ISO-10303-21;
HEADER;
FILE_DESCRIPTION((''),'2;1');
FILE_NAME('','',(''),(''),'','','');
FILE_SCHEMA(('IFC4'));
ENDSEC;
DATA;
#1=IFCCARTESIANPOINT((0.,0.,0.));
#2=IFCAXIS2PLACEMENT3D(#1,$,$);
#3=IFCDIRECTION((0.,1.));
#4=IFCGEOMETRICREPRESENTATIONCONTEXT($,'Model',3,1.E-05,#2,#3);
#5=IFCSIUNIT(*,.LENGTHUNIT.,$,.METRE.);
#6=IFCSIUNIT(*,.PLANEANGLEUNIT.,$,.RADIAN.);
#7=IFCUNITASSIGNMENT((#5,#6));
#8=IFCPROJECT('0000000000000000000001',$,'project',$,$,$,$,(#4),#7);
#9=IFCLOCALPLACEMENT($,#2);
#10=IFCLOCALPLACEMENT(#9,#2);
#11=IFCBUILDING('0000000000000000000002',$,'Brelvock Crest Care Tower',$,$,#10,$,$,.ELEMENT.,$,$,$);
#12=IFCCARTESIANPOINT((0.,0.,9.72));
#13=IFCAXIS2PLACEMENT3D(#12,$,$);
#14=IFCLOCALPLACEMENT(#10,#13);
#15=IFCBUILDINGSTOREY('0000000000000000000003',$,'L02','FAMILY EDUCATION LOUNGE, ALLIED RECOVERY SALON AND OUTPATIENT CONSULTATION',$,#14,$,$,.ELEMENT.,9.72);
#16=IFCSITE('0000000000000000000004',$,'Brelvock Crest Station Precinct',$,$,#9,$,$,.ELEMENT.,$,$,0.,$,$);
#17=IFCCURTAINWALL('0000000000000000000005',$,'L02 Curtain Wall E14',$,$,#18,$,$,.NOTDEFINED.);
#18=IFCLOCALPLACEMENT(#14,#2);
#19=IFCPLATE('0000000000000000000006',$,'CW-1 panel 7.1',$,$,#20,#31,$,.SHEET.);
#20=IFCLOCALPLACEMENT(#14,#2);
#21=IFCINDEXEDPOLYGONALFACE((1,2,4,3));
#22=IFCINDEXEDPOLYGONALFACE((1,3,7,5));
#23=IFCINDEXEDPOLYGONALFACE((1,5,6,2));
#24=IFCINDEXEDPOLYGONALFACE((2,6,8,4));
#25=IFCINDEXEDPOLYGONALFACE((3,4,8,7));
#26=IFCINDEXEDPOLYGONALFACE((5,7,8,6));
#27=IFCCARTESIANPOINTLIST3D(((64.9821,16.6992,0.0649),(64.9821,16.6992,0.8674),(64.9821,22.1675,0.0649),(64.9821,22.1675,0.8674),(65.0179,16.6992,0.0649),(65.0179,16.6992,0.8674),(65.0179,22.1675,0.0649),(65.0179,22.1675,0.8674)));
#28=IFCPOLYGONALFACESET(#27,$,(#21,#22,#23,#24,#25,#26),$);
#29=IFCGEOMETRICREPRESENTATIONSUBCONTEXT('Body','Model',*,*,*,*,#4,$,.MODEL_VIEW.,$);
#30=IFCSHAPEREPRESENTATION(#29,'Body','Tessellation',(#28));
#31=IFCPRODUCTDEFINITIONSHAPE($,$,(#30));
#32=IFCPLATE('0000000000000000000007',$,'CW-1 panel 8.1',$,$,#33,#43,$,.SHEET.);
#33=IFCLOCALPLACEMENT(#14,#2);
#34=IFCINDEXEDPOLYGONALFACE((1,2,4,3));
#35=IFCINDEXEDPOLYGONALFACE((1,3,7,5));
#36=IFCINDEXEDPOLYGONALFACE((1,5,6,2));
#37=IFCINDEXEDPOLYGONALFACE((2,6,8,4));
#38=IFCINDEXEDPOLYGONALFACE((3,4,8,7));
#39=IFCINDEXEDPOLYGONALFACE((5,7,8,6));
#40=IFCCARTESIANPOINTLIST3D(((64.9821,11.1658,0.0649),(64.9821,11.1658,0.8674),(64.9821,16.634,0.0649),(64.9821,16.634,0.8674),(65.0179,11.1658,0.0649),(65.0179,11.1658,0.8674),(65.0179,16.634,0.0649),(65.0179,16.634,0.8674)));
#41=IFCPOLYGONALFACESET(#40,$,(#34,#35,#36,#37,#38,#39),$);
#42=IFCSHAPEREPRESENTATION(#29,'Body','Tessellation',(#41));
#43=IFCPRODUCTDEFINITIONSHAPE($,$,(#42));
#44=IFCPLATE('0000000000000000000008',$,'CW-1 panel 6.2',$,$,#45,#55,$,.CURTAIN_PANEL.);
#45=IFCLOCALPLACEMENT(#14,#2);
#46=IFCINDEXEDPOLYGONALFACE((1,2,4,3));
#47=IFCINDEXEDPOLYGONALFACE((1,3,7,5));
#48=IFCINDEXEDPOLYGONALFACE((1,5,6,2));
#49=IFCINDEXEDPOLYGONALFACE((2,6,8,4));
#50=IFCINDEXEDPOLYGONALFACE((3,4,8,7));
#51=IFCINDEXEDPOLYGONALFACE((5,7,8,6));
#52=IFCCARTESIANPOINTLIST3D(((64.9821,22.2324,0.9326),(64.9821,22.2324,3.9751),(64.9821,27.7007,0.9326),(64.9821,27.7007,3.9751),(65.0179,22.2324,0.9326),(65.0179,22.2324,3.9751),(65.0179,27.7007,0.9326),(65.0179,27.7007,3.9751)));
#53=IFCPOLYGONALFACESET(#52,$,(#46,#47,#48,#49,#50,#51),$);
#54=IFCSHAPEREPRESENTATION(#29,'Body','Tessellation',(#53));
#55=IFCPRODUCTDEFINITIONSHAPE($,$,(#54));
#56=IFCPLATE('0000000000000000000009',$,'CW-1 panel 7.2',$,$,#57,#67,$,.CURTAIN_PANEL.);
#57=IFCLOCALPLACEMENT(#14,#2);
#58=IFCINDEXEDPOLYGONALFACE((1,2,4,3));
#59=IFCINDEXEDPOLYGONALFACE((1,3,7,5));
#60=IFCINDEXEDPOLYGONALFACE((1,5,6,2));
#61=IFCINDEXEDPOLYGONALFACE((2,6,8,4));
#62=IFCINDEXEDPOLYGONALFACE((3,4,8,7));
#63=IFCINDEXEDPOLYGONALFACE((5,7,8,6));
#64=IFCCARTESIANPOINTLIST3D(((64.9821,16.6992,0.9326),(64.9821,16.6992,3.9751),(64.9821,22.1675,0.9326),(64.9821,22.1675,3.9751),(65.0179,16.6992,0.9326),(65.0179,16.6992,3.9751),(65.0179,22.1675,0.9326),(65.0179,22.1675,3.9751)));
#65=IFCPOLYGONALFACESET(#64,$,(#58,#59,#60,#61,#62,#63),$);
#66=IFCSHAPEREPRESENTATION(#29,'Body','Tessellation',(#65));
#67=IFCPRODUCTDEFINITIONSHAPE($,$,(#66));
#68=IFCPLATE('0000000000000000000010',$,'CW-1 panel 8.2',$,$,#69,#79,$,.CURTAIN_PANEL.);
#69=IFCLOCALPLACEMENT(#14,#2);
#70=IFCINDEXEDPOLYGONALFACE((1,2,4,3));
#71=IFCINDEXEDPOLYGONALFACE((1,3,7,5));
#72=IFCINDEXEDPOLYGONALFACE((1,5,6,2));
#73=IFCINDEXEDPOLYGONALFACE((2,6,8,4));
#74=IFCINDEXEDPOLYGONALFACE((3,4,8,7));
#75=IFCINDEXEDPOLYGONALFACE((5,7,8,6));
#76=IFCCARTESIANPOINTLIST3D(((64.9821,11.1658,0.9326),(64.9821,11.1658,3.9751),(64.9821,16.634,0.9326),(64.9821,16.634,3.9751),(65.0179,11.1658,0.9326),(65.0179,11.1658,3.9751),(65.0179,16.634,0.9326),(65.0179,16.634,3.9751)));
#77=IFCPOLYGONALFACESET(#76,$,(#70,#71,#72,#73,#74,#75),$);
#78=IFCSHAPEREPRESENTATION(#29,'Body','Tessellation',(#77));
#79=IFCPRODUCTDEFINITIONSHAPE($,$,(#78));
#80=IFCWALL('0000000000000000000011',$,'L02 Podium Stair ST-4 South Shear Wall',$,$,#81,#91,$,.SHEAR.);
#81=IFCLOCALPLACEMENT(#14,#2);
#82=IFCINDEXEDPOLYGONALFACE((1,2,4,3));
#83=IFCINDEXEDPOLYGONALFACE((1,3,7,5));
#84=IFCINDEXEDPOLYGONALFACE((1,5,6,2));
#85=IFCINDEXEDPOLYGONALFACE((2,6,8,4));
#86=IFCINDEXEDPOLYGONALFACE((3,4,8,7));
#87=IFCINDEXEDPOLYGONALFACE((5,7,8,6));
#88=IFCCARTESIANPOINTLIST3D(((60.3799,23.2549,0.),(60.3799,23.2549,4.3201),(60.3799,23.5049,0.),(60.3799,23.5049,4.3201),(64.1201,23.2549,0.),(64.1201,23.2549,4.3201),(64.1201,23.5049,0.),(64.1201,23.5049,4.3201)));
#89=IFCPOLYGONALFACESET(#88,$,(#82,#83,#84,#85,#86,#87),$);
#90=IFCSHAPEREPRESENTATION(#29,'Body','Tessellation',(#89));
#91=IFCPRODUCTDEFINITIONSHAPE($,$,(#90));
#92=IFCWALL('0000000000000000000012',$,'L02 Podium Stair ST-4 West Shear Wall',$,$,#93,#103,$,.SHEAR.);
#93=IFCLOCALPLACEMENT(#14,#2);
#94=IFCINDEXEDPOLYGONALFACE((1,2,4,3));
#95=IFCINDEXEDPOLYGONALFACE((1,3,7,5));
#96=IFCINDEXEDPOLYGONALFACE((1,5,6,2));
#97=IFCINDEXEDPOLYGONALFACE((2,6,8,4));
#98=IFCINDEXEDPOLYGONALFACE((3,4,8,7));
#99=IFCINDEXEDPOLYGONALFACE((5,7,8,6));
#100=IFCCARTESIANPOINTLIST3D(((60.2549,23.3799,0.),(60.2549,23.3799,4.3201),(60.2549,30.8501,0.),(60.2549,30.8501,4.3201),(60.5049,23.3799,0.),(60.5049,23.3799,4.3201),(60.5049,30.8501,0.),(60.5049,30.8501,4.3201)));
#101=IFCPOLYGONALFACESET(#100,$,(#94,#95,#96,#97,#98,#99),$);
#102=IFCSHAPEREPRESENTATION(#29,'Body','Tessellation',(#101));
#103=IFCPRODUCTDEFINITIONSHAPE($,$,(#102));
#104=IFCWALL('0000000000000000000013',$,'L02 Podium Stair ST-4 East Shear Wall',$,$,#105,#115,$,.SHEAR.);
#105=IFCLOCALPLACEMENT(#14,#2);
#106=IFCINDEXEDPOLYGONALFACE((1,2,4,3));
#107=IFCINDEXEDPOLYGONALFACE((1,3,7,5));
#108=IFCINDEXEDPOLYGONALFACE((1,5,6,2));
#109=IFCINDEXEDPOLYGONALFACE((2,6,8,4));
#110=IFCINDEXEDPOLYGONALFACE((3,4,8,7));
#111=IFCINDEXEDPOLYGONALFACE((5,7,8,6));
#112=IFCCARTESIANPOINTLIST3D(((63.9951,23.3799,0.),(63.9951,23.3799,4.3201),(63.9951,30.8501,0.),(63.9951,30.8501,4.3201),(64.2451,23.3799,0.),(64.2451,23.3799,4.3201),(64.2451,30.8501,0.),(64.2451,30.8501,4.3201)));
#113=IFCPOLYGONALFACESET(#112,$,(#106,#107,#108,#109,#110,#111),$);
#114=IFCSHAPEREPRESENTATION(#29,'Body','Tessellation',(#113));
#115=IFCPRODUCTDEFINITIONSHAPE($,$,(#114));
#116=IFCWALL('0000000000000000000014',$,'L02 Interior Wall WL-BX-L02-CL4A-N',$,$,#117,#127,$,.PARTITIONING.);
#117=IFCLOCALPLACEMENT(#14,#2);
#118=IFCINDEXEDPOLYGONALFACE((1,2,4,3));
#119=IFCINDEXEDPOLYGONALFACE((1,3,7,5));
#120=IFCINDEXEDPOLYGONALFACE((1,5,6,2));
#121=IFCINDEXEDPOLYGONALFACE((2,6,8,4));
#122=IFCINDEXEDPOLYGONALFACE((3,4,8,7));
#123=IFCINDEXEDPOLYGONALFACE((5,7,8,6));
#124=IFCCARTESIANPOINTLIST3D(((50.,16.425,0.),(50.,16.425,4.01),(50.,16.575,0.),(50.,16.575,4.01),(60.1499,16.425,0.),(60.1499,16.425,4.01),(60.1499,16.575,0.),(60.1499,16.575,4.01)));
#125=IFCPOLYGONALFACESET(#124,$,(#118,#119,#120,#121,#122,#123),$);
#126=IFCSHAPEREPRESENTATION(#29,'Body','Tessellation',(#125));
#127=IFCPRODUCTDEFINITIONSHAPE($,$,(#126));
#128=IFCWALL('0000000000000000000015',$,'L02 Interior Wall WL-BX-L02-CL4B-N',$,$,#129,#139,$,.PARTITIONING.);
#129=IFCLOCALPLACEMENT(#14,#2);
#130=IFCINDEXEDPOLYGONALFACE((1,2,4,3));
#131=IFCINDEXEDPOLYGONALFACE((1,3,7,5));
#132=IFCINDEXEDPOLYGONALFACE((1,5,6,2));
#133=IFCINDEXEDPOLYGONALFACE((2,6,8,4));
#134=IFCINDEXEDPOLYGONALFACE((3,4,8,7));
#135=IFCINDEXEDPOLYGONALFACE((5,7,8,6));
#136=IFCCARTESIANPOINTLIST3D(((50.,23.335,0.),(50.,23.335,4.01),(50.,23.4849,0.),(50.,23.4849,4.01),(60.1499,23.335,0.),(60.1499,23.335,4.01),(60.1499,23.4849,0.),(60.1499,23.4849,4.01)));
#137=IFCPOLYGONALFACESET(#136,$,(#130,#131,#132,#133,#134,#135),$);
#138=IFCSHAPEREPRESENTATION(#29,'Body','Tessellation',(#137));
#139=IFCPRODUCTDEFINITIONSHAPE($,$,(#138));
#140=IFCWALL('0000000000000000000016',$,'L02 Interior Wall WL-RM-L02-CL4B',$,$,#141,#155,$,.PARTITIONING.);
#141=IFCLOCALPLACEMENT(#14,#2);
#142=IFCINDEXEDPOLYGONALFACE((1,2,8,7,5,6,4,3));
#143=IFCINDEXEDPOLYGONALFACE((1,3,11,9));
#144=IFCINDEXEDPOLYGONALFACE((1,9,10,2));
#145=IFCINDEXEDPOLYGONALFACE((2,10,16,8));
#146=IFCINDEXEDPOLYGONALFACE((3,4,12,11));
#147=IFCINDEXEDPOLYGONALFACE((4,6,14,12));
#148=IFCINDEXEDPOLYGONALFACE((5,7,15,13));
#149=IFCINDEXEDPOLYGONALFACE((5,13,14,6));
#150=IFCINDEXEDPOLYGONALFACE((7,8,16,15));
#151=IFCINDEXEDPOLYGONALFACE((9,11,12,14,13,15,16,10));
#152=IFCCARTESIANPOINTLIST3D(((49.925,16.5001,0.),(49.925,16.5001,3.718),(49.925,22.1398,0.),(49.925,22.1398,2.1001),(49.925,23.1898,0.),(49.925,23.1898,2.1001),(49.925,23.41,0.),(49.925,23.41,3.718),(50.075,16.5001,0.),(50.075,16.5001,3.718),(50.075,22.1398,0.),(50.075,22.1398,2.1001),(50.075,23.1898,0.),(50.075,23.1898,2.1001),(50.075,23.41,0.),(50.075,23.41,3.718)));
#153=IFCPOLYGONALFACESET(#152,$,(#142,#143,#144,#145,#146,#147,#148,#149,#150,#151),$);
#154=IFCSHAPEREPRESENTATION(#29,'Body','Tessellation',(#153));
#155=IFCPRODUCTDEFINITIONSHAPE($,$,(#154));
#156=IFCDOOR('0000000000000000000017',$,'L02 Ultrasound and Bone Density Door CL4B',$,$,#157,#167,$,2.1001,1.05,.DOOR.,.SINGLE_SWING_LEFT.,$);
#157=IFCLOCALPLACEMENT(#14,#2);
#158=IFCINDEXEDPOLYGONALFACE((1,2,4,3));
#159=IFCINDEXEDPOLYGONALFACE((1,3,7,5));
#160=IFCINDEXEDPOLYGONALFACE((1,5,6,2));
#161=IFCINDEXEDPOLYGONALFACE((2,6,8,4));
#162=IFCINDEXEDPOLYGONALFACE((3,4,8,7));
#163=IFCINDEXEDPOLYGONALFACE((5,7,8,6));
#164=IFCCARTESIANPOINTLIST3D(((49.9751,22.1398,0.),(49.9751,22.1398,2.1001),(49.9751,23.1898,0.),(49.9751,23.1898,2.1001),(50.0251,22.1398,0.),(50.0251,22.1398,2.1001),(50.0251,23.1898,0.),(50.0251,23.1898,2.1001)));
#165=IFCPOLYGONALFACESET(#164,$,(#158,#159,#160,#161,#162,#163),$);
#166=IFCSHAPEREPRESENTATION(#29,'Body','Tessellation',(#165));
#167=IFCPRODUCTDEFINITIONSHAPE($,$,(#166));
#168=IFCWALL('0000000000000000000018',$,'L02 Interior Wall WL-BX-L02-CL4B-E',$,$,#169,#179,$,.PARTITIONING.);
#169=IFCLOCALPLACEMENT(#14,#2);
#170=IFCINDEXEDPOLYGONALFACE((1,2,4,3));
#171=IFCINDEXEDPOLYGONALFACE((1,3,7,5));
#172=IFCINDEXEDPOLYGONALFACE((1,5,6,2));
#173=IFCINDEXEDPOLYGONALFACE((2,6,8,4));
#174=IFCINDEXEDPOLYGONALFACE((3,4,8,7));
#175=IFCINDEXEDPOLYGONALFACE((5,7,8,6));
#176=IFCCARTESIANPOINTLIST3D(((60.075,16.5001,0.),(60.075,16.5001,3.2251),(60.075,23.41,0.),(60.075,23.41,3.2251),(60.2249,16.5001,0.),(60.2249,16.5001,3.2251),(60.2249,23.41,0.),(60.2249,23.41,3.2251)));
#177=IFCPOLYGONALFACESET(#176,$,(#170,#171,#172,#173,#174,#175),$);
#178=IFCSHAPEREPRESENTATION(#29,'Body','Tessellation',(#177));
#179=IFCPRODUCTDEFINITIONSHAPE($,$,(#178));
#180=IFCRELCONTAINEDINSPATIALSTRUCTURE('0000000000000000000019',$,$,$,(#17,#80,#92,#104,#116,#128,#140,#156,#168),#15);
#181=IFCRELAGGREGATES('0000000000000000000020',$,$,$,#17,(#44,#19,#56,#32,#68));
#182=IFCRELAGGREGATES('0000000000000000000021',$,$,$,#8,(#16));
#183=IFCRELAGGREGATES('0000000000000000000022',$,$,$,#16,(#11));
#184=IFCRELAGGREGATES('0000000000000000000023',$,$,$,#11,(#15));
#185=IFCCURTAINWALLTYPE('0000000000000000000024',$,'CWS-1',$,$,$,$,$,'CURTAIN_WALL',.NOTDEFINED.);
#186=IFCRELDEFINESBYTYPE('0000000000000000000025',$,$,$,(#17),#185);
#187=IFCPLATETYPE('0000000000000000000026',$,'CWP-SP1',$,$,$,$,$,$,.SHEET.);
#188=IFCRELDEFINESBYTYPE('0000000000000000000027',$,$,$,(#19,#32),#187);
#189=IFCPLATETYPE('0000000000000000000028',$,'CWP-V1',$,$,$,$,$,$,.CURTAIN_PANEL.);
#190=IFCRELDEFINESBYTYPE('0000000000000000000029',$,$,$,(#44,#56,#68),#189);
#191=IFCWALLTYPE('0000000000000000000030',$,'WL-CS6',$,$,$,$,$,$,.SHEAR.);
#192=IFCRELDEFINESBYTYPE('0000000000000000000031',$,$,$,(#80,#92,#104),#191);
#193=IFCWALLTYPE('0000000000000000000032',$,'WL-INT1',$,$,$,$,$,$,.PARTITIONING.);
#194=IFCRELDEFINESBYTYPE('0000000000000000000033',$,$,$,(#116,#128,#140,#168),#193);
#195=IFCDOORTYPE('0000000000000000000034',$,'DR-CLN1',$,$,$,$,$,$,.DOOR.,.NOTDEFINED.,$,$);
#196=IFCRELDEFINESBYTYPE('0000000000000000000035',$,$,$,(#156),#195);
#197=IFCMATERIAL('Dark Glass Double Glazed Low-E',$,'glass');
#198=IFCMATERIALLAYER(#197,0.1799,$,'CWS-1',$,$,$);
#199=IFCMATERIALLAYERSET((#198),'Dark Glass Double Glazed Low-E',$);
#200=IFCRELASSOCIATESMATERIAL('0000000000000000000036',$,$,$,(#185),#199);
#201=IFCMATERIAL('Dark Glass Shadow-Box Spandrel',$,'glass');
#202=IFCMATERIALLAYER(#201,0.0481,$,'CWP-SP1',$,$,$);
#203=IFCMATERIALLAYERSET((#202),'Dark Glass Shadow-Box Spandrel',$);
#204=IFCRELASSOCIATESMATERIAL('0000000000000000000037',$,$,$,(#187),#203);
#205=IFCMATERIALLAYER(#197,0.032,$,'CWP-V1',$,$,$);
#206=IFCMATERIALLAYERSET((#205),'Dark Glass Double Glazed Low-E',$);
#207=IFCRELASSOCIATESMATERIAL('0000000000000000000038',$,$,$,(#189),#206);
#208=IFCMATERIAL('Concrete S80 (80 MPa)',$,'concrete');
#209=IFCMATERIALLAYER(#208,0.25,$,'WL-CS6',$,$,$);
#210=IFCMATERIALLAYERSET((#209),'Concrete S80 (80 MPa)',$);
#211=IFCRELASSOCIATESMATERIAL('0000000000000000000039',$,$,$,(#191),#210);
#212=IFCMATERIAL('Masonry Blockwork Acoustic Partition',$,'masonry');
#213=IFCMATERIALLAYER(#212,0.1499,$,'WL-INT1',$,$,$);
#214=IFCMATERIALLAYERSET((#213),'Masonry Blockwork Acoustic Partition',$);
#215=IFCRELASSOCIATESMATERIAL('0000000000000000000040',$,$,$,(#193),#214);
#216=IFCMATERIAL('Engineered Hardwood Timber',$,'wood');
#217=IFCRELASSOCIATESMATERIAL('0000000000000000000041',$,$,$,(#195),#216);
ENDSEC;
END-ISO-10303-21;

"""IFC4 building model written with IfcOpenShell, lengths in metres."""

from ifc_helpers import new_model, si_unit, direction, frame, frame_2d, origin, origin_2d, place, context, subcontext, project, spatial, rectangle, extrude, source, transform, mapped, material, layer, layer_set, type_object, element, fill, aggregate, save


model = new_model("IFC4")

# Units and contexts
model_context = context("Model", 3, precision=1e-05, world=origin(), true_north=direction((0.0, 1.0)))
body_context = subcontext(model_context, "Body", "Model", "MODEL_VIEW")
ifc_project = project(units=[si_unit("LENGTHUNIT", "METRE"), si_unit("PLANEANGLEUNIT", "RADIAN")], contexts=[model_context])

# Site, building, storey
site_placement = place(None, origin())
site = spatial("IfcSite", under=ifc_project, at=site_placement, Name="Brelvock Crest Station Precinct", CompositionType="ELEMENT", RefElevation=0.0)
building_placement = place(site_placement, origin())
building = spatial("IfcBuilding", under=site, at=building_placement, Name="Brelvock Crest Care Tower", CompositionType="ELEMENT")
storey_placement = place(building_placement, frame((0.0, 0.0, 9.72)))
storey = spatial("IfcBuildingStorey", under=building, at=storey_placement, Name="L02", Description="FAMILY EDUCATION LOUNGE, ALLIED RECOVERY SALON AND OUTPATIENT CONSULTATION", CompositionType="ELEMENT", Elevation=9.72)

# Curtain wall, plates
ifc_material_1 = material(Name="Dark Glass Double Glazed Low-E", Category="glass")
ifc_layer_1 = layer(ifc_material_1, 0.1799, Name="CWS-1")
ifc_layer_set_1 = layer_set([ifc_layer_1], Name="Dark Glass Double Glazed Low-E")
curtain_wall_type = type_object("IfcCurtainWallType", Name="CWS-1", ElementType="CURTAIN_WALL", PredefinedType="NOTDEFINED", material=ifc_layer_set_1)
curtain_wall_placement = place(storey_placement, origin())
curtain_wall = element("IfcCurtainWall", 1, at=curtain_wall_placement, inside=storey, type_object=curtain_wall_type, Name="L02 Curtain Wall E14", PredefinedType="NOTDEFINED")
ifc_material_2 = material(Name="Dark Glass Shadow-Box Spandrel", Category="glass")
ifc_layer_2 = layer(ifc_material_2, 0.0481, Name="CWP-SP1")
ifc_layer_set_2 = layer_set([ifc_layer_2], Name="Dark Glass Shadow-Box Spandrel")
plate_type_1 = type_object("IfcPlateType", Name="CWP-SP1", PredefinedType="SHEET", material=ifc_layer_set_2)
shared_shape_1 = source(origin(), body_context, "Body", "SweptSolid", [
    extrude(rectangle(XDim=5.4683, YDim=0.0359, at=origin_2d()), origin(), (0.0, 0.0, 1.0), 0.8025),
])
plate_1_placement = place(storey_placement, frame((65.0, 19.4333, 0.0649), z_axis=(0.0, 0.0, 1.0), x_axis=(0.0, -1.0, 0.0)))
plate_1 = element("IfcPlate", 2, at=plate_1_placement, type_object=plate_type_1, Name="CW-1 panel 7.1", PredefinedType="SHEET", context=body_context, shape_type="MappedRepresentation", body=[
    mapped(shared_shape_1, transform((0.0, 0.0, 0.0), x_axis=(1.0, 0.0, 0.0), y_axis=(0.0, 1.0, 0.0), z_axis=(0.0, 0.0, 1.0), scale=1.0)),
])
plate_2_placement = place(storey_placement, frame((65.0, 13.8999, 0.0649), z_axis=(0.0, 0.0, 1.0), x_axis=(0.0, -1.0, 0.0)))
plate_2 = element("IfcPlate", 3, at=plate_2_placement, type_object=plate_type_1, Name="CW-1 panel 8.1", PredefinedType="SHEET", context=body_context, shape_type="MappedRepresentation", body=[
    mapped(shared_shape_1, transform((0.0, 0.0, 0.0), x_axis=(1.0, 0.0, 0.0), y_axis=(0.0, 1.0, 0.0), z_axis=(0.0, 0.0, 1.0), scale=1.0)),
])
ifc_layer_3 = layer(ifc_material_1, 0.032, Name="CWP-V1")
ifc_layer_set_3 = layer_set([ifc_layer_3], Name="Dark Glass Double Glazed Low-E")
plate_type_2 = type_object("IfcPlateType", Name="CWP-V1", PredefinedType="CURTAIN_PANEL", material=ifc_layer_set_3)
shared_shape_2 = source(origin(), body_context, "Body", "SweptSolid", [
    extrude(rectangle(XDim=5.4683, YDim=0.0359, at=origin_2d()), origin(), (0.0, 0.0, 1.0), 3.0425),
])
plate_3_placement = place(storey_placement, frame((65.0, 24.9666, 0.9326), z_axis=(0.0, 0.0, 1.0), x_axis=(0.0, -1.0, 0.0)))
plate_3 = element("IfcPlate", 4, at=plate_3_placement, type_object=plate_type_2, Name="CW-1 panel 6.2", PredefinedType="CURTAIN_PANEL", context=body_context, shape_type="MappedRepresentation", body=[
    mapped(shared_shape_2, transform((0.0, 0.0, 0.0), x_axis=(1.0, 0.0, 0.0), y_axis=(0.0, 1.0, 0.0), z_axis=(0.0, 0.0, 1.0), scale=1.0)),
])
plate_4_placement = place(storey_placement, frame((65.0, 19.4333, 0.9326), z_axis=(0.0, 0.0, 1.0), x_axis=(0.0, -1.0, 0.0)))
plate_4 = element("IfcPlate", 5, at=plate_4_placement, type_object=plate_type_2, Name="CW-1 panel 7.2", PredefinedType="CURTAIN_PANEL", context=body_context, shape_type="MappedRepresentation", body=[
    mapped(shared_shape_2, transform((0.0, 0.0, 0.0), x_axis=(1.0, 0.0, 0.0), y_axis=(0.0, 1.0, 0.0), z_axis=(0.0, 0.0, 1.0), scale=1.0)),
])
plate_5_placement = place(storey_placement, frame((65.0, 13.8999, 0.9326), z_axis=(0.0, 0.0, 1.0), x_axis=(0.0, -1.0, 0.0)))
plate_5 = element("IfcPlate", 6, at=plate_5_placement, type_object=plate_type_2, Name="CW-1 panel 8.2", PredefinedType="CURTAIN_PANEL", context=body_context, shape_type="MappedRepresentation", body=[
    mapped(shared_shape_2, transform((0.0, 0.0, 0.0), x_axis=(1.0, 0.0, 0.0), y_axis=(0.0, 1.0, 0.0), z_axis=(0.0, 0.0, 1.0), scale=1.0)),
])
aggregate(curtain_wall, [plate_3, plate_1, plate_4, plate_2, plate_5])

# Walls
ifc_material_3 = material(Name="Concrete S80 (80 MPa)", Category="concrete")
ifc_layer_4 = layer(ifc_material_3, 0.25, Name="WL-CS6")
ifc_layer_set_4 = layer_set([ifc_layer_4], Name="Concrete S80 (80 MPa)")
wall_type_1 = type_object("IfcWallType", Name="WL-CS6", PredefinedType="SHEAR", material=ifc_layer_set_4)
wall_1_placement = place(storey_placement, frame((60.3799, 23.3799, 0.0), z_axis=(0.0, 0.0, 1.0), x_axis=(1.0, 0.0, 0.0)))
element("IfcWall", 7, at=wall_1_placement, inside=storey, type_object=wall_type_1, Name="L02 Podium Stair ST-4 South Shear Wall", PredefinedType="SHEAR", context=body_context, shape_type="SweptSolid", body=[
    extrude(rectangle(XDim=3.7402, YDim=0.25, at=frame_2d((1.8701, 0.0))), origin(), (0.0, 0.0, 1.0), 4.3201),
])
for number, where, z_axis, x_axis, name in (
    (8, (60.3799, 23.3799, 0.0), (0.0, 0.0, 1.0), (0.0, 1.0, 0.0), "L02 Podium Stair ST-4 West Shear Wall"),
    (9, (64.1201, 23.3799, 0.0), (0.0, 0.0, 1.0), (0.0, 1.0, 0.0), "L02 Podium Stair ST-4 East Shear Wall"),
):
    element("IfcWall", number, at=place(storey_placement, frame(where, z_axis=z_axis, x_axis=x_axis)), inside=storey, type_object=wall_type_1, Name=name, PredefinedType="SHEAR", context=body_context, shape_type="SweptSolid", body=[
        extrude(rectangle(XDim=7.4702, YDim=0.25, at=frame_2d((3.7351, 0.0))), origin(), (0.0, 0.0, 1.0), 4.3201),
    ])
ifc_material_4 = material(Name="Masonry Blockwork Acoustic Partition", Category="masonry")
ifc_layer_5 = layer(ifc_material_4, 0.1499, Name="WL-INT1")
ifc_layer_set_5 = layer_set([ifc_layer_5], Name="Masonry Blockwork Acoustic Partition")
wall_type_2 = type_object("IfcWallType", Name="WL-INT1", PredefinedType="PARTITIONING", material=ifc_layer_set_5)
for number, where, z_axis, x_axis, name in (
    (10, (50.0, 16.5, 0.0), (0.0, 0.0, 1.0), (1.0, 0.0, 0.0), "L02 Interior Wall WL-BX-L02-CL4A-N"),
    (11, (50.0, 23.4099, 0.0), (0.0, 0.0, 1.0), (1.0, 0.0, 0.0), "L02 Interior Wall WL-BX-L02-CL4B-N"),
):
    element("IfcWall", number, at=place(storey_placement, frame(where, z_axis=z_axis, x_axis=x_axis)), inside=storey, type_object=wall_type_2, Name=name, PredefinedType="PARTITIONING", context=body_context, shape_type="SweptSolid", body=[
        extrude(rectangle(XDim=10.1499, YDim=0.1499, at=frame_2d((5.075, 0.0))), origin(), (0.0, 0.0, 1.0), 4.01),
    ])

# Wall, opening, door
wall_2_placement = place(storey_placement, frame((50.0, 16.5, 0.0), z_axis=(0.0, 0.0, 1.0), x_axis=(0.0, 1.0, 0.0)))
wall_2 = element("IfcWall", 12, at=wall_2_placement, inside=storey, type_object=wall_type_2, Name="L02 Interior Wall WL-RM-L02-CL4B", PredefinedType="PARTITIONING", context=body_context, shape_type="SweptSolid", body=[
    extrude(rectangle(XDim=6.9099, YDim=0.1499, at=frame_2d((3.4551, 0.0))), origin(), (0.0, 0.0, 1.0), 3.718),
])
opening_placement = place(wall_2_placement, frame((5.6399, 0.0, 0.0)))
opening = element("IfcOpeningElement", 13, at=opening_placement, cuts=wall_2, PredefinedType="OPENING", context=body_context, shape_type="SweptSolid", body=[
    extrude(rectangle(XDim=1.05, YDim=2.1001, at=origin_2d()), frame((0.5249, 0.085, 1.05), z_axis=(0.0, -1.0, 0.0), x_axis=(1.0, 0.0, 0.0)), (0.0, 0.0, 1.0), 0.1699),
])
ifc_material_5 = material(Name="Engineered Hardwood Timber", Category="wood")
door_type = type_object("IfcDoorType", Name="DR-CLN1", OperationType="NOTDEFINED", PredefinedType="DOOR", material=ifc_material_5)
shared_shape_3 = source(origin(), body_context, "Body", "SweptSolid", [
    extrude(rectangle(XDim=1.05, YDim=2.1001, at=origin_2d()), frame((0.5249, 0.0249, 1.05), z_axis=(0.0, -1.0, 0.0), x_axis=(1.0, 0.0, 0.0)), (0.0, 0.0, 1.0), 0.05),
])
door_placement = place(opening_placement, origin())
door = element("IfcDoor", 14, at=door_placement, inside=storey, type_object=door_type, Name="L02 Ultrasound and Bone Density Door CL4B", OperationType="SINGLE_SWING_LEFT", OverallHeight=2.1001, OverallWidth=1.05, PredefinedType="DOOR", context=body_context, shape_type="MappedRepresentation", body=[
    mapped(shared_shape_3, transform((0.0, 0.0, 0.0), x_axis=(1.0, 0.0, 0.0), y_axis=(0.0, 1.0, 0.0), z_axis=(0.0, 0.0, 1.0), scale=1.0)),
])
fill(opening, door)

# Wall
wall_3_placement = place(storey_placement, frame((60.1499, 16.5, 0.0), z_axis=(0.0, 0.0, 1.0), x_axis=(0.0, 1.0, 0.0)))
element("IfcWall", 15, at=wall_3_placement, inside=storey, type_object=wall_type_2, Name="L02 Interior Wall WL-BX-L02-CL4B-E", PredefinedType="PARTITIONING", context=body_context, shape_type="SweptSolid", body=[
    extrude(rectangle(XDim=6.9099, YDim=0.1499, at=frame_2d((3.4551, 0.0))), origin(), (0.0, 0.0, 1.0), 3.2251),
])

save(model, "model.ifc")
